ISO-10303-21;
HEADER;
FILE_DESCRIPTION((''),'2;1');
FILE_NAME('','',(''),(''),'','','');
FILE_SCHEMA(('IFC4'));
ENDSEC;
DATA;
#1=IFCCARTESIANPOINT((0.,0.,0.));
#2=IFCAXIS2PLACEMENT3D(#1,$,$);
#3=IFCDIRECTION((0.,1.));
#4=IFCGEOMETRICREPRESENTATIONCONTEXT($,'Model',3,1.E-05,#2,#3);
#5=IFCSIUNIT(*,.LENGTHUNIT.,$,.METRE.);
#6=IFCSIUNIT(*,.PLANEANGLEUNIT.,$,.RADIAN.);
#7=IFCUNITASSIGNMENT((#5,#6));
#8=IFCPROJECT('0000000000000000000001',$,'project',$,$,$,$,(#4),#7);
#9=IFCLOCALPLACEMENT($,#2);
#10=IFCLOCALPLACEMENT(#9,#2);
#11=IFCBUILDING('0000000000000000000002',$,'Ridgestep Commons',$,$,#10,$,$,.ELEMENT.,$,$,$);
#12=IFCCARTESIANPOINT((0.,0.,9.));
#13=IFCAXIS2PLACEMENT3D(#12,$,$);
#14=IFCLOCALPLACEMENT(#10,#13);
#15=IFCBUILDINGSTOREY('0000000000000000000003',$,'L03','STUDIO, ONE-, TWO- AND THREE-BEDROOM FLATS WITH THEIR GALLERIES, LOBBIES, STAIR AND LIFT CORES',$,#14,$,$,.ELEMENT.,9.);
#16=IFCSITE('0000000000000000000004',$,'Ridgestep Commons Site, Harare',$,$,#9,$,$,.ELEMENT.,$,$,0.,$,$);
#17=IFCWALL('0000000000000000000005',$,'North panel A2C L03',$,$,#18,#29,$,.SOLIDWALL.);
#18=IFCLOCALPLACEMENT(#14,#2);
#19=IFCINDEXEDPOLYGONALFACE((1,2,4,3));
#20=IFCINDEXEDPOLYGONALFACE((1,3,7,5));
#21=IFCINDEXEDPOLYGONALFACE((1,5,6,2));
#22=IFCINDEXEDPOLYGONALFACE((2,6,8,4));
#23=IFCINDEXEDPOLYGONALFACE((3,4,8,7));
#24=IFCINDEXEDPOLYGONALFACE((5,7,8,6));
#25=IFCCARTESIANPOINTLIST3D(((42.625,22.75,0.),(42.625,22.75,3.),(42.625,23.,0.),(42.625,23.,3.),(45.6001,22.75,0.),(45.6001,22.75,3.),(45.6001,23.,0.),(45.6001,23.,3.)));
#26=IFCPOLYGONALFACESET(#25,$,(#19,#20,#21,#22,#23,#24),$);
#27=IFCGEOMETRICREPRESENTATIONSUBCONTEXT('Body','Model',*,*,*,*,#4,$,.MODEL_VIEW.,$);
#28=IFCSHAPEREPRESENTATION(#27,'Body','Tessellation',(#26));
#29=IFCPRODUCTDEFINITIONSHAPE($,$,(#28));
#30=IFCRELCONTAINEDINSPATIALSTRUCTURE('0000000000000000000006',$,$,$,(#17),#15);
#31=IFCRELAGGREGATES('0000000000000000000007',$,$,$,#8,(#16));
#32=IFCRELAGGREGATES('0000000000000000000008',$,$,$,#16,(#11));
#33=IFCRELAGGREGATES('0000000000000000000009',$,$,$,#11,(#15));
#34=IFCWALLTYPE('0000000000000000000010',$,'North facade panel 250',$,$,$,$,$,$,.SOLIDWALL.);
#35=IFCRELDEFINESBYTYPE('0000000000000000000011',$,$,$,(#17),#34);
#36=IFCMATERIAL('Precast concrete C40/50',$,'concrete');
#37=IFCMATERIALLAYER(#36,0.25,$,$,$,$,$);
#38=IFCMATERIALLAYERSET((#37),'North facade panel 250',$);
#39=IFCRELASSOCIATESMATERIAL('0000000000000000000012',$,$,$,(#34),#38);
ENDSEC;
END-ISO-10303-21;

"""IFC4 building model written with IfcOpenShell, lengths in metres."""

from ifc_helpers import new_model, si_unit, direction, frame, frame_2d, origin, place, context, subcontext, project, spatial, rectangle, extrude, material, layer, layer_set, type_object, element, save


model = new_model("IFC4")

# Units and contexts
model_context = context("Model", 3, precision=1e-05, world=origin(), true_north=direction((0.0, 1.0)))
body_context = subcontext(model_context, "Body", "Model", "MODEL_VIEW")
ifc_project = project(units=[si_unit("LENGTHUNIT", "METRE"), si_unit("PLANEANGLEUNIT", "RADIAN")], contexts=[model_context])

# Site, building, storey
site_placement = place(None, origin())
site = spatial("IfcSite", under=ifc_project, at=site_placement, Name="Ridgestep Commons Site, Harare", CompositionType="ELEMENT", RefElevation=0.0)
building_placement = place(site_placement, origin())
building = spatial("IfcBuilding", under=site, at=building_placement, Name="Ridgestep Commons", CompositionType="ELEMENT")
storey_placement = place(building_placement, frame((0.0, 0.0, 9.0)))
storey = spatial("IfcBuildingStorey", under=building, at=storey_placement, Name="L03", Description="STUDIO, ONE-, TWO- AND THREE-BEDROOM FLATS WITH THEIR GALLERIES, LOBBIES, STAIR AND LIFT CORES", CompositionType="ELEMENT", Elevation=9.0)

# Wall
ifc_material_1 = material(Name="Precast concrete C40/50", Category="concrete")
ifc_layer_1 = layer(ifc_material_1, 0.25)
ifc_layer_set_1 = layer_set([ifc_layer_1], Name="North facade panel 250")
wall_type = type_object("IfcWallType", Name="North facade panel 250", PredefinedType="SOLIDWALL", material=ifc_layer_set_1)
wall_placement = place(storey_placement, frame((42.625, 22.875, 0.0), z_axis=(0.0, 0.0, 1.0), x_axis=(1.0, 0.0, 0.0)))
element("IfcWall", 1, at=wall_placement, inside=storey, type_object=wall_type, Name="North panel A2C L03", PredefinedType="SOLIDWALL", context=body_context, shape_type="SweptSolid", body=[
    extrude(rectangle(XDim=2.9751, YDim=0.25, at=frame_2d((1.4875, 0.0))), origin(), (0.0, 0.0, 1.0), 3.0),
])

save(model, "model.ifc")
